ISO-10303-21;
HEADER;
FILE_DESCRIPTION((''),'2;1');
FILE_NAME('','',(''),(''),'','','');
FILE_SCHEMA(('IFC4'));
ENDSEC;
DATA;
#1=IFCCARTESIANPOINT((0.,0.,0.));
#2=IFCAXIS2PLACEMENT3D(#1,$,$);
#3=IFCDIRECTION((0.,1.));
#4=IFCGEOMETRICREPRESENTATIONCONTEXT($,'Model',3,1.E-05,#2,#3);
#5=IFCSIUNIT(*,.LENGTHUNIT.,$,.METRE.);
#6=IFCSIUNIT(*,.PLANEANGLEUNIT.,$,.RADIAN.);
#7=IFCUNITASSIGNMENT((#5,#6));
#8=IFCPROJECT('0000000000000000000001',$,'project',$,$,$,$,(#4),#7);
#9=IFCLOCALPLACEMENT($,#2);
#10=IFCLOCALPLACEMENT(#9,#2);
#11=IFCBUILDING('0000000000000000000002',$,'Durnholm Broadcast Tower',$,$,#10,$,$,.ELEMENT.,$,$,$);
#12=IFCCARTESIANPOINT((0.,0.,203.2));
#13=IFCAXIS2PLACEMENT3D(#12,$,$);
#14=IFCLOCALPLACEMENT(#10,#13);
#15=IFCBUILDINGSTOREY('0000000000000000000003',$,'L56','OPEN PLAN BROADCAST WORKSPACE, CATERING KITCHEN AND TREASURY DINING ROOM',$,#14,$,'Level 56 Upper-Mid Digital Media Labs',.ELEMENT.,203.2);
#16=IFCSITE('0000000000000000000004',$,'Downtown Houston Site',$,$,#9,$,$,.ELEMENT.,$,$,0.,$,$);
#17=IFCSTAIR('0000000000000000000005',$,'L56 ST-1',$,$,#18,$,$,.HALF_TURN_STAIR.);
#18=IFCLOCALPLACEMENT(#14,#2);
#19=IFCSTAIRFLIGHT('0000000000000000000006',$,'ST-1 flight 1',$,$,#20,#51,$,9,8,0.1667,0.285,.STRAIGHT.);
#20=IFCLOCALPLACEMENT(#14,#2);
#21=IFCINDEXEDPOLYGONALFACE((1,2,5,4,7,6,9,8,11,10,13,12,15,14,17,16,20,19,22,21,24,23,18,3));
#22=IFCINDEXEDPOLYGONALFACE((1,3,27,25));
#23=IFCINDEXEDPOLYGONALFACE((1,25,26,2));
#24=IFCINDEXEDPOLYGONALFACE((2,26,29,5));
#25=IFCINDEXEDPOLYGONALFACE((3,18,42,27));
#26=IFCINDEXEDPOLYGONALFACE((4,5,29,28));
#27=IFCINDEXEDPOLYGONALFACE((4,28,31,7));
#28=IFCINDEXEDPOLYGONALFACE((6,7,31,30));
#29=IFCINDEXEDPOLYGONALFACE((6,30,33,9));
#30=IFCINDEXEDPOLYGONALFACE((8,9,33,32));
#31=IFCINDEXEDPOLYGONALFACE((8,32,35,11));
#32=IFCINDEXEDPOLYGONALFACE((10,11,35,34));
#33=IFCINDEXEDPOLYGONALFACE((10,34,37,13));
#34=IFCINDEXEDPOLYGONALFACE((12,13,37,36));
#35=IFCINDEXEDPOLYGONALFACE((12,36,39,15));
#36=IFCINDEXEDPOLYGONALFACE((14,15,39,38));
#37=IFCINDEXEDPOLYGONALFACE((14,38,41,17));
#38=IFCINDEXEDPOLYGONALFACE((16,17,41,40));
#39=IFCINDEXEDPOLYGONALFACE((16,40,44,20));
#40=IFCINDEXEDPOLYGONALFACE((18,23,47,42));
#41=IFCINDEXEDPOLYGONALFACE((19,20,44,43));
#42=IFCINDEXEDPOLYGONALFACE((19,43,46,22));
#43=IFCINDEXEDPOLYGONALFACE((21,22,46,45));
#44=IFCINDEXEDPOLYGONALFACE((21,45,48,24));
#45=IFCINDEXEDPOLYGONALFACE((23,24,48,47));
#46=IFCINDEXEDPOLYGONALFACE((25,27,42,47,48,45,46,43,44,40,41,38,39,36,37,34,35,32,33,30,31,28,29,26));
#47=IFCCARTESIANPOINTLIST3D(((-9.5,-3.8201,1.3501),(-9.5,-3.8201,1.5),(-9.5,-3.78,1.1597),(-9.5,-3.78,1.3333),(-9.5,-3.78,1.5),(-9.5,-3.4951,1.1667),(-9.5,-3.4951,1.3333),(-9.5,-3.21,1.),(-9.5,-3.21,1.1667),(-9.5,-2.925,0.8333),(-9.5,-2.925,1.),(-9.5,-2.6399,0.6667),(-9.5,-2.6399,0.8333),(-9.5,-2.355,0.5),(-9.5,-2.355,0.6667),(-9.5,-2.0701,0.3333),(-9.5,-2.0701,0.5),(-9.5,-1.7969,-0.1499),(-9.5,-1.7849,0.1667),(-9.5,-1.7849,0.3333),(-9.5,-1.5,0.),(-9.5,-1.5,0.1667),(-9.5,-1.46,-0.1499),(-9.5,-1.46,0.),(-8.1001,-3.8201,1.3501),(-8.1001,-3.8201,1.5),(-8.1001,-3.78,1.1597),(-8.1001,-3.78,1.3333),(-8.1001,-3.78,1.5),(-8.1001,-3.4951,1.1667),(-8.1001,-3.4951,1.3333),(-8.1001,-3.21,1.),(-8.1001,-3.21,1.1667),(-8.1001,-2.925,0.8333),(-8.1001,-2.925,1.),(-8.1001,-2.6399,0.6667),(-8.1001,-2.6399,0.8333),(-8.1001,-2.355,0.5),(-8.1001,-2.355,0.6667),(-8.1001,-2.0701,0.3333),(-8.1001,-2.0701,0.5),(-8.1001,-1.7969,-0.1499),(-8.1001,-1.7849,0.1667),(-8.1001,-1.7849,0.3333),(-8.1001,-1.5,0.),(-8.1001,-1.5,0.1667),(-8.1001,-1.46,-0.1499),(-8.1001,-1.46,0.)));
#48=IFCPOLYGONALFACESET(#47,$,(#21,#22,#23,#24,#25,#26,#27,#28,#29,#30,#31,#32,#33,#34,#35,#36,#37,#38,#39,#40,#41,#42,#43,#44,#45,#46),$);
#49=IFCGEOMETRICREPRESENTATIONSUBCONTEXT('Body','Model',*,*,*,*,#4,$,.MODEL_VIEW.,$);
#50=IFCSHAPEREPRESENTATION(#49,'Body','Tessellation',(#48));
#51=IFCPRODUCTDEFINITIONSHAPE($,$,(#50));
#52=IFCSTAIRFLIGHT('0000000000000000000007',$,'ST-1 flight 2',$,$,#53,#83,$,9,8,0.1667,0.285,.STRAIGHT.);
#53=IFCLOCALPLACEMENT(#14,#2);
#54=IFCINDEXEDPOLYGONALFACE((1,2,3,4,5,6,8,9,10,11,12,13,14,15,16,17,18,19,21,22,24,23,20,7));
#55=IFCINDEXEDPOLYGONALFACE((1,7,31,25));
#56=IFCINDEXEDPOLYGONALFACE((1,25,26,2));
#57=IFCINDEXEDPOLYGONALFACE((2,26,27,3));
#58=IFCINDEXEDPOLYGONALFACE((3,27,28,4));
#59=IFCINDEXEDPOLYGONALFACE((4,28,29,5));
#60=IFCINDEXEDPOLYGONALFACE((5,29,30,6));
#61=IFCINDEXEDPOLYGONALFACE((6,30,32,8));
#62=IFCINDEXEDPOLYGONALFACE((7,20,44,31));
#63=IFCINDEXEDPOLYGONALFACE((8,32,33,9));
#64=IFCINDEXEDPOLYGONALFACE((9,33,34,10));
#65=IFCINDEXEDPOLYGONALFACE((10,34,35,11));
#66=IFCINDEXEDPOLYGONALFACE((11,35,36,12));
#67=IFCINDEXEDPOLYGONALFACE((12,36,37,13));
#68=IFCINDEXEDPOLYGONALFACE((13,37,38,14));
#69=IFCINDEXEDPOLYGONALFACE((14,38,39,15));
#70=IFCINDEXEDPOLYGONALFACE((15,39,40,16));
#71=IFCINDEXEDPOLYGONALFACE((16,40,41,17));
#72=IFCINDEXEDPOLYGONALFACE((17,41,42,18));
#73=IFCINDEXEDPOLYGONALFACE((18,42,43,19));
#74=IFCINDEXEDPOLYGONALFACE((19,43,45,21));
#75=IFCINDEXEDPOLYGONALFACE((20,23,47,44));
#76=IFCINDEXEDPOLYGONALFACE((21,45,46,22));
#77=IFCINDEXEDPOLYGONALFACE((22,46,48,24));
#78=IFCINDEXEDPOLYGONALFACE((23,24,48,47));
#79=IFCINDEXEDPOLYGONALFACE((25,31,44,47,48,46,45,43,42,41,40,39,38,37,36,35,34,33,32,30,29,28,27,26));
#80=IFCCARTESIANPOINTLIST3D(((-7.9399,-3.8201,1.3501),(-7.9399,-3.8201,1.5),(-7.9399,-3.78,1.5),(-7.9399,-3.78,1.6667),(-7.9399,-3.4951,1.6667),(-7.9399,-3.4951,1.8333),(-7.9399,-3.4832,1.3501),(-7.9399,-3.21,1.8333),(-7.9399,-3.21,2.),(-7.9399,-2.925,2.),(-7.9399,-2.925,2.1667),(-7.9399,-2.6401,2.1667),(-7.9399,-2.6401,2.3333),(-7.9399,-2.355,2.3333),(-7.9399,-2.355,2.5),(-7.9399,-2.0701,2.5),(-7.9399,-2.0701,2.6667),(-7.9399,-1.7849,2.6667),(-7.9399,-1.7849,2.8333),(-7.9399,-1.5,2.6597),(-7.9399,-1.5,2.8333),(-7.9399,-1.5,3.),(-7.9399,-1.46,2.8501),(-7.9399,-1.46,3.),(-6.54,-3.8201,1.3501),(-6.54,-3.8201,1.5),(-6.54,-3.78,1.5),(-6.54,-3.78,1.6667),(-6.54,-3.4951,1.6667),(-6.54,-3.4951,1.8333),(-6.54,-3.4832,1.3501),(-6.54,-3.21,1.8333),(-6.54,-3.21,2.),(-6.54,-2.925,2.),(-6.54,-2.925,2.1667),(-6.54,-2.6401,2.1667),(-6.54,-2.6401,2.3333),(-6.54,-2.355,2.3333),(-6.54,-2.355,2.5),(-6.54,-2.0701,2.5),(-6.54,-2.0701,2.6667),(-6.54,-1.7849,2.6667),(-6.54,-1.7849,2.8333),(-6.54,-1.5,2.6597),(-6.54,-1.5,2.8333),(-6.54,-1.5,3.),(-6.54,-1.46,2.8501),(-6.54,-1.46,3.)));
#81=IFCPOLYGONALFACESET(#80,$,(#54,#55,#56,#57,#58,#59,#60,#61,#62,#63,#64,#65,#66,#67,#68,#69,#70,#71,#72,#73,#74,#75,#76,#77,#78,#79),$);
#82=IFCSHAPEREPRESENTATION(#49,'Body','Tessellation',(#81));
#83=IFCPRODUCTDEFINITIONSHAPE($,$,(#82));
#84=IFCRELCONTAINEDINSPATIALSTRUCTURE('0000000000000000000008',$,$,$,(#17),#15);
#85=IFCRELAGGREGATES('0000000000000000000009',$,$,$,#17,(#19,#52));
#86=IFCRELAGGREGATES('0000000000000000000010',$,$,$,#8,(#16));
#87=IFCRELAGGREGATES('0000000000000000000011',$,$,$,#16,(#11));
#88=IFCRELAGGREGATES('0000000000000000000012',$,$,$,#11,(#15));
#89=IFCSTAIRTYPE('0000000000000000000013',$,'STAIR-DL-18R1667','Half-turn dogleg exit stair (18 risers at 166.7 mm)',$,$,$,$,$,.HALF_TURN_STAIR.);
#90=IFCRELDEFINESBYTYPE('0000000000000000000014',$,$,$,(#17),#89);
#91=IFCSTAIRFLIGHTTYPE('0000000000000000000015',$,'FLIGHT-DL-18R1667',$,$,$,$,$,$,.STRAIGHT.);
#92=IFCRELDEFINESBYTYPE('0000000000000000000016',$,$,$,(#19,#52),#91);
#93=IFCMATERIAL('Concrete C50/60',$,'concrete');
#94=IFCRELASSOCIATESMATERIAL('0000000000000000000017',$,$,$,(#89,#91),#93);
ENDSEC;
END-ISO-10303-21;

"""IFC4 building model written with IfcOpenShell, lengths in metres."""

from ifc_helpers import new_model, si_unit, direction, frame, origin, place, context, subcontext, project, spatial, polyline, outline, extrude, material, type_object, element, aggregate, save


model = new_model("IFC4")

# Units and contexts
model_context = context("Model", 3, precision=1e-05, world=origin(), true_north=direction((0.0, 1.0)))
body_context = subcontext(model_context, "Body", "Model", "MODEL_VIEW")
ifc_project = project(units=[si_unit("LENGTHUNIT", "METRE"), si_unit("PLANEANGLEUNIT", "RADIAN")], contexts=[model_context])

# Site, building, storey
site_placement = place(None, origin())
site = spatial("IfcSite", under=ifc_project, at=site_placement, Name="Downtown Houston Site", CompositionType="ELEMENT", RefElevation=0.0)
building_placement = place(site_placement, origin())
building = spatial("IfcBuilding", under=site, at=building_placement, Name="Durnholm Broadcast Tower", CompositionType="ELEMENT")
storey_placement = place(building_placement, frame((0.0, 0.0, 203.2)))
storey = spatial("IfcBuildingStorey", under=building, at=storey_placement, Name="L56", Description="OPEN PLAN BROADCAST WORKSPACE, CATERING KITCHEN AND TREASURY DINING ROOM", LongName="Level 56 Upper-Mid Digital Media Labs", CompositionType="ELEMENT", Elevation=203.2)

# Shared definitions
ifc_material_1 = material(Name="Concrete C50/60", Category="concrete")

# Stair, stair flights
stair_type = type_object("IfcStairType", Name="STAIR-DL-18R1667", Description="Half-turn dogleg exit stair (18 risers at 166.7 mm)", PredefinedType="HALF_TURN_STAIR", material=ifc_material_1)
stair_placement = place(storey_placement, origin())
stair = element("IfcStair", 1, at=stair_placement, inside=storey, type_object=stair_type, Name="L56 ST-1", PredefinedType="HALF_TURN_STAIR")
stair_flight_type = type_object("IfcStairFlightType", Name="FLIGHT-DL-18R1667", PredefinedType="STRAIGHT", material=ifc_material_1)
stair_flight_1_placement = place(storey_placement, frame((-8.8, -1.5, 0.0), z_axis=(0.0, 0.0, 1.0), x_axis=(0.0, -1.0, 0.0)))
stair_flight_1 = element("IfcStairFlight", 2, at=stair_flight_1_placement, type_object=stair_flight_type, Name="ST-1 flight 1", NumberOfRisers=9, NumberOfTreads=8, PredefinedType="STRAIGHT", RiserHeight=0.1667, TreadLength=0.285, context=body_context, shape_type="SweptSolid", body=[
    extrude(outline(polyline([(-0.04, -0.1499), (-0.04, 0.0), (0.0, 0.0), (0.0, 0.1667), (0.2849, 0.1667), (0.2849, 0.3333), (0.5701, 0.3333), (0.5701, 0.5), (0.855, 0.5), (0.855, 0.6667), (1.1399, 0.6667), (1.1399, 0.8333), (1.425, 0.8333), (1.425, 1.0), (1.71, 1.0), (1.71, 1.1667), (1.9951, 1.1667), (1.9951, 1.3333), (2.28, 1.3333), (2.28, 1.5), (2.3201, 1.5), (2.3201, 1.3501), (2.28, 1.1597), (0.2969, -0.1499), (-0.04, -0.1499)])), frame((0.0, 0.7, 0.0), z_axis=(0.0, -1.0, 0.0), x_axis=(1.0, 0.0, 0.0)), (0.0, 0.0, 1.0), 1.3999),
])
stair_flight_2_placement = place(storey_placement, frame((-7.24, -3.78, 1.5), z_axis=(0.0, 0.0, 1.0), x_axis=(0.0, 1.0, 0.0)))
stair_flight_2 = element("IfcStairFlight", 3, at=stair_flight_2_placement, type_object=stair_flight_type, Name="ST-1 flight 2", NumberOfRisers=9, NumberOfTreads=8, PredefinedType="STRAIGHT", RiserHeight=0.1667, TreadLength=0.285, context=body_context, shape_type="SweptSolid", body=[
    extrude(outline(polyline([(-0.04, -0.1499), (-0.04, 0.0), (0.0, 0.0), (0.0, 0.1667), (0.2849, 0.1667), (0.2849, 0.3333), (0.5701, 0.3333), (0.5701, 0.5), (0.855, 0.5), (0.855, 0.6667), (1.1399, 0.6667), (1.1399, 0.8333), (1.425, 0.8333), (1.425, 1.0), (1.71, 1.0), (1.71, 1.1667), (1.9951, 1.1667), (1.9951, 1.3333), (2.28, 1.3333), (2.28, 1.5), (2.3201, 1.5), (2.3201, 1.3501), (2.28, 1.1597), (0.2969, -0.1499), (-0.04, -0.1499)])), frame((0.0, 0.7, 0.0), z_axis=(0.0, -1.0, 0.0), x_axis=(1.0, 0.0, 0.0)), (0.0, 0.0, 1.0), 1.3999),
])
aggregate(stair, [stair_flight_1, stair_flight_2])

save(model, "model.ifc")
